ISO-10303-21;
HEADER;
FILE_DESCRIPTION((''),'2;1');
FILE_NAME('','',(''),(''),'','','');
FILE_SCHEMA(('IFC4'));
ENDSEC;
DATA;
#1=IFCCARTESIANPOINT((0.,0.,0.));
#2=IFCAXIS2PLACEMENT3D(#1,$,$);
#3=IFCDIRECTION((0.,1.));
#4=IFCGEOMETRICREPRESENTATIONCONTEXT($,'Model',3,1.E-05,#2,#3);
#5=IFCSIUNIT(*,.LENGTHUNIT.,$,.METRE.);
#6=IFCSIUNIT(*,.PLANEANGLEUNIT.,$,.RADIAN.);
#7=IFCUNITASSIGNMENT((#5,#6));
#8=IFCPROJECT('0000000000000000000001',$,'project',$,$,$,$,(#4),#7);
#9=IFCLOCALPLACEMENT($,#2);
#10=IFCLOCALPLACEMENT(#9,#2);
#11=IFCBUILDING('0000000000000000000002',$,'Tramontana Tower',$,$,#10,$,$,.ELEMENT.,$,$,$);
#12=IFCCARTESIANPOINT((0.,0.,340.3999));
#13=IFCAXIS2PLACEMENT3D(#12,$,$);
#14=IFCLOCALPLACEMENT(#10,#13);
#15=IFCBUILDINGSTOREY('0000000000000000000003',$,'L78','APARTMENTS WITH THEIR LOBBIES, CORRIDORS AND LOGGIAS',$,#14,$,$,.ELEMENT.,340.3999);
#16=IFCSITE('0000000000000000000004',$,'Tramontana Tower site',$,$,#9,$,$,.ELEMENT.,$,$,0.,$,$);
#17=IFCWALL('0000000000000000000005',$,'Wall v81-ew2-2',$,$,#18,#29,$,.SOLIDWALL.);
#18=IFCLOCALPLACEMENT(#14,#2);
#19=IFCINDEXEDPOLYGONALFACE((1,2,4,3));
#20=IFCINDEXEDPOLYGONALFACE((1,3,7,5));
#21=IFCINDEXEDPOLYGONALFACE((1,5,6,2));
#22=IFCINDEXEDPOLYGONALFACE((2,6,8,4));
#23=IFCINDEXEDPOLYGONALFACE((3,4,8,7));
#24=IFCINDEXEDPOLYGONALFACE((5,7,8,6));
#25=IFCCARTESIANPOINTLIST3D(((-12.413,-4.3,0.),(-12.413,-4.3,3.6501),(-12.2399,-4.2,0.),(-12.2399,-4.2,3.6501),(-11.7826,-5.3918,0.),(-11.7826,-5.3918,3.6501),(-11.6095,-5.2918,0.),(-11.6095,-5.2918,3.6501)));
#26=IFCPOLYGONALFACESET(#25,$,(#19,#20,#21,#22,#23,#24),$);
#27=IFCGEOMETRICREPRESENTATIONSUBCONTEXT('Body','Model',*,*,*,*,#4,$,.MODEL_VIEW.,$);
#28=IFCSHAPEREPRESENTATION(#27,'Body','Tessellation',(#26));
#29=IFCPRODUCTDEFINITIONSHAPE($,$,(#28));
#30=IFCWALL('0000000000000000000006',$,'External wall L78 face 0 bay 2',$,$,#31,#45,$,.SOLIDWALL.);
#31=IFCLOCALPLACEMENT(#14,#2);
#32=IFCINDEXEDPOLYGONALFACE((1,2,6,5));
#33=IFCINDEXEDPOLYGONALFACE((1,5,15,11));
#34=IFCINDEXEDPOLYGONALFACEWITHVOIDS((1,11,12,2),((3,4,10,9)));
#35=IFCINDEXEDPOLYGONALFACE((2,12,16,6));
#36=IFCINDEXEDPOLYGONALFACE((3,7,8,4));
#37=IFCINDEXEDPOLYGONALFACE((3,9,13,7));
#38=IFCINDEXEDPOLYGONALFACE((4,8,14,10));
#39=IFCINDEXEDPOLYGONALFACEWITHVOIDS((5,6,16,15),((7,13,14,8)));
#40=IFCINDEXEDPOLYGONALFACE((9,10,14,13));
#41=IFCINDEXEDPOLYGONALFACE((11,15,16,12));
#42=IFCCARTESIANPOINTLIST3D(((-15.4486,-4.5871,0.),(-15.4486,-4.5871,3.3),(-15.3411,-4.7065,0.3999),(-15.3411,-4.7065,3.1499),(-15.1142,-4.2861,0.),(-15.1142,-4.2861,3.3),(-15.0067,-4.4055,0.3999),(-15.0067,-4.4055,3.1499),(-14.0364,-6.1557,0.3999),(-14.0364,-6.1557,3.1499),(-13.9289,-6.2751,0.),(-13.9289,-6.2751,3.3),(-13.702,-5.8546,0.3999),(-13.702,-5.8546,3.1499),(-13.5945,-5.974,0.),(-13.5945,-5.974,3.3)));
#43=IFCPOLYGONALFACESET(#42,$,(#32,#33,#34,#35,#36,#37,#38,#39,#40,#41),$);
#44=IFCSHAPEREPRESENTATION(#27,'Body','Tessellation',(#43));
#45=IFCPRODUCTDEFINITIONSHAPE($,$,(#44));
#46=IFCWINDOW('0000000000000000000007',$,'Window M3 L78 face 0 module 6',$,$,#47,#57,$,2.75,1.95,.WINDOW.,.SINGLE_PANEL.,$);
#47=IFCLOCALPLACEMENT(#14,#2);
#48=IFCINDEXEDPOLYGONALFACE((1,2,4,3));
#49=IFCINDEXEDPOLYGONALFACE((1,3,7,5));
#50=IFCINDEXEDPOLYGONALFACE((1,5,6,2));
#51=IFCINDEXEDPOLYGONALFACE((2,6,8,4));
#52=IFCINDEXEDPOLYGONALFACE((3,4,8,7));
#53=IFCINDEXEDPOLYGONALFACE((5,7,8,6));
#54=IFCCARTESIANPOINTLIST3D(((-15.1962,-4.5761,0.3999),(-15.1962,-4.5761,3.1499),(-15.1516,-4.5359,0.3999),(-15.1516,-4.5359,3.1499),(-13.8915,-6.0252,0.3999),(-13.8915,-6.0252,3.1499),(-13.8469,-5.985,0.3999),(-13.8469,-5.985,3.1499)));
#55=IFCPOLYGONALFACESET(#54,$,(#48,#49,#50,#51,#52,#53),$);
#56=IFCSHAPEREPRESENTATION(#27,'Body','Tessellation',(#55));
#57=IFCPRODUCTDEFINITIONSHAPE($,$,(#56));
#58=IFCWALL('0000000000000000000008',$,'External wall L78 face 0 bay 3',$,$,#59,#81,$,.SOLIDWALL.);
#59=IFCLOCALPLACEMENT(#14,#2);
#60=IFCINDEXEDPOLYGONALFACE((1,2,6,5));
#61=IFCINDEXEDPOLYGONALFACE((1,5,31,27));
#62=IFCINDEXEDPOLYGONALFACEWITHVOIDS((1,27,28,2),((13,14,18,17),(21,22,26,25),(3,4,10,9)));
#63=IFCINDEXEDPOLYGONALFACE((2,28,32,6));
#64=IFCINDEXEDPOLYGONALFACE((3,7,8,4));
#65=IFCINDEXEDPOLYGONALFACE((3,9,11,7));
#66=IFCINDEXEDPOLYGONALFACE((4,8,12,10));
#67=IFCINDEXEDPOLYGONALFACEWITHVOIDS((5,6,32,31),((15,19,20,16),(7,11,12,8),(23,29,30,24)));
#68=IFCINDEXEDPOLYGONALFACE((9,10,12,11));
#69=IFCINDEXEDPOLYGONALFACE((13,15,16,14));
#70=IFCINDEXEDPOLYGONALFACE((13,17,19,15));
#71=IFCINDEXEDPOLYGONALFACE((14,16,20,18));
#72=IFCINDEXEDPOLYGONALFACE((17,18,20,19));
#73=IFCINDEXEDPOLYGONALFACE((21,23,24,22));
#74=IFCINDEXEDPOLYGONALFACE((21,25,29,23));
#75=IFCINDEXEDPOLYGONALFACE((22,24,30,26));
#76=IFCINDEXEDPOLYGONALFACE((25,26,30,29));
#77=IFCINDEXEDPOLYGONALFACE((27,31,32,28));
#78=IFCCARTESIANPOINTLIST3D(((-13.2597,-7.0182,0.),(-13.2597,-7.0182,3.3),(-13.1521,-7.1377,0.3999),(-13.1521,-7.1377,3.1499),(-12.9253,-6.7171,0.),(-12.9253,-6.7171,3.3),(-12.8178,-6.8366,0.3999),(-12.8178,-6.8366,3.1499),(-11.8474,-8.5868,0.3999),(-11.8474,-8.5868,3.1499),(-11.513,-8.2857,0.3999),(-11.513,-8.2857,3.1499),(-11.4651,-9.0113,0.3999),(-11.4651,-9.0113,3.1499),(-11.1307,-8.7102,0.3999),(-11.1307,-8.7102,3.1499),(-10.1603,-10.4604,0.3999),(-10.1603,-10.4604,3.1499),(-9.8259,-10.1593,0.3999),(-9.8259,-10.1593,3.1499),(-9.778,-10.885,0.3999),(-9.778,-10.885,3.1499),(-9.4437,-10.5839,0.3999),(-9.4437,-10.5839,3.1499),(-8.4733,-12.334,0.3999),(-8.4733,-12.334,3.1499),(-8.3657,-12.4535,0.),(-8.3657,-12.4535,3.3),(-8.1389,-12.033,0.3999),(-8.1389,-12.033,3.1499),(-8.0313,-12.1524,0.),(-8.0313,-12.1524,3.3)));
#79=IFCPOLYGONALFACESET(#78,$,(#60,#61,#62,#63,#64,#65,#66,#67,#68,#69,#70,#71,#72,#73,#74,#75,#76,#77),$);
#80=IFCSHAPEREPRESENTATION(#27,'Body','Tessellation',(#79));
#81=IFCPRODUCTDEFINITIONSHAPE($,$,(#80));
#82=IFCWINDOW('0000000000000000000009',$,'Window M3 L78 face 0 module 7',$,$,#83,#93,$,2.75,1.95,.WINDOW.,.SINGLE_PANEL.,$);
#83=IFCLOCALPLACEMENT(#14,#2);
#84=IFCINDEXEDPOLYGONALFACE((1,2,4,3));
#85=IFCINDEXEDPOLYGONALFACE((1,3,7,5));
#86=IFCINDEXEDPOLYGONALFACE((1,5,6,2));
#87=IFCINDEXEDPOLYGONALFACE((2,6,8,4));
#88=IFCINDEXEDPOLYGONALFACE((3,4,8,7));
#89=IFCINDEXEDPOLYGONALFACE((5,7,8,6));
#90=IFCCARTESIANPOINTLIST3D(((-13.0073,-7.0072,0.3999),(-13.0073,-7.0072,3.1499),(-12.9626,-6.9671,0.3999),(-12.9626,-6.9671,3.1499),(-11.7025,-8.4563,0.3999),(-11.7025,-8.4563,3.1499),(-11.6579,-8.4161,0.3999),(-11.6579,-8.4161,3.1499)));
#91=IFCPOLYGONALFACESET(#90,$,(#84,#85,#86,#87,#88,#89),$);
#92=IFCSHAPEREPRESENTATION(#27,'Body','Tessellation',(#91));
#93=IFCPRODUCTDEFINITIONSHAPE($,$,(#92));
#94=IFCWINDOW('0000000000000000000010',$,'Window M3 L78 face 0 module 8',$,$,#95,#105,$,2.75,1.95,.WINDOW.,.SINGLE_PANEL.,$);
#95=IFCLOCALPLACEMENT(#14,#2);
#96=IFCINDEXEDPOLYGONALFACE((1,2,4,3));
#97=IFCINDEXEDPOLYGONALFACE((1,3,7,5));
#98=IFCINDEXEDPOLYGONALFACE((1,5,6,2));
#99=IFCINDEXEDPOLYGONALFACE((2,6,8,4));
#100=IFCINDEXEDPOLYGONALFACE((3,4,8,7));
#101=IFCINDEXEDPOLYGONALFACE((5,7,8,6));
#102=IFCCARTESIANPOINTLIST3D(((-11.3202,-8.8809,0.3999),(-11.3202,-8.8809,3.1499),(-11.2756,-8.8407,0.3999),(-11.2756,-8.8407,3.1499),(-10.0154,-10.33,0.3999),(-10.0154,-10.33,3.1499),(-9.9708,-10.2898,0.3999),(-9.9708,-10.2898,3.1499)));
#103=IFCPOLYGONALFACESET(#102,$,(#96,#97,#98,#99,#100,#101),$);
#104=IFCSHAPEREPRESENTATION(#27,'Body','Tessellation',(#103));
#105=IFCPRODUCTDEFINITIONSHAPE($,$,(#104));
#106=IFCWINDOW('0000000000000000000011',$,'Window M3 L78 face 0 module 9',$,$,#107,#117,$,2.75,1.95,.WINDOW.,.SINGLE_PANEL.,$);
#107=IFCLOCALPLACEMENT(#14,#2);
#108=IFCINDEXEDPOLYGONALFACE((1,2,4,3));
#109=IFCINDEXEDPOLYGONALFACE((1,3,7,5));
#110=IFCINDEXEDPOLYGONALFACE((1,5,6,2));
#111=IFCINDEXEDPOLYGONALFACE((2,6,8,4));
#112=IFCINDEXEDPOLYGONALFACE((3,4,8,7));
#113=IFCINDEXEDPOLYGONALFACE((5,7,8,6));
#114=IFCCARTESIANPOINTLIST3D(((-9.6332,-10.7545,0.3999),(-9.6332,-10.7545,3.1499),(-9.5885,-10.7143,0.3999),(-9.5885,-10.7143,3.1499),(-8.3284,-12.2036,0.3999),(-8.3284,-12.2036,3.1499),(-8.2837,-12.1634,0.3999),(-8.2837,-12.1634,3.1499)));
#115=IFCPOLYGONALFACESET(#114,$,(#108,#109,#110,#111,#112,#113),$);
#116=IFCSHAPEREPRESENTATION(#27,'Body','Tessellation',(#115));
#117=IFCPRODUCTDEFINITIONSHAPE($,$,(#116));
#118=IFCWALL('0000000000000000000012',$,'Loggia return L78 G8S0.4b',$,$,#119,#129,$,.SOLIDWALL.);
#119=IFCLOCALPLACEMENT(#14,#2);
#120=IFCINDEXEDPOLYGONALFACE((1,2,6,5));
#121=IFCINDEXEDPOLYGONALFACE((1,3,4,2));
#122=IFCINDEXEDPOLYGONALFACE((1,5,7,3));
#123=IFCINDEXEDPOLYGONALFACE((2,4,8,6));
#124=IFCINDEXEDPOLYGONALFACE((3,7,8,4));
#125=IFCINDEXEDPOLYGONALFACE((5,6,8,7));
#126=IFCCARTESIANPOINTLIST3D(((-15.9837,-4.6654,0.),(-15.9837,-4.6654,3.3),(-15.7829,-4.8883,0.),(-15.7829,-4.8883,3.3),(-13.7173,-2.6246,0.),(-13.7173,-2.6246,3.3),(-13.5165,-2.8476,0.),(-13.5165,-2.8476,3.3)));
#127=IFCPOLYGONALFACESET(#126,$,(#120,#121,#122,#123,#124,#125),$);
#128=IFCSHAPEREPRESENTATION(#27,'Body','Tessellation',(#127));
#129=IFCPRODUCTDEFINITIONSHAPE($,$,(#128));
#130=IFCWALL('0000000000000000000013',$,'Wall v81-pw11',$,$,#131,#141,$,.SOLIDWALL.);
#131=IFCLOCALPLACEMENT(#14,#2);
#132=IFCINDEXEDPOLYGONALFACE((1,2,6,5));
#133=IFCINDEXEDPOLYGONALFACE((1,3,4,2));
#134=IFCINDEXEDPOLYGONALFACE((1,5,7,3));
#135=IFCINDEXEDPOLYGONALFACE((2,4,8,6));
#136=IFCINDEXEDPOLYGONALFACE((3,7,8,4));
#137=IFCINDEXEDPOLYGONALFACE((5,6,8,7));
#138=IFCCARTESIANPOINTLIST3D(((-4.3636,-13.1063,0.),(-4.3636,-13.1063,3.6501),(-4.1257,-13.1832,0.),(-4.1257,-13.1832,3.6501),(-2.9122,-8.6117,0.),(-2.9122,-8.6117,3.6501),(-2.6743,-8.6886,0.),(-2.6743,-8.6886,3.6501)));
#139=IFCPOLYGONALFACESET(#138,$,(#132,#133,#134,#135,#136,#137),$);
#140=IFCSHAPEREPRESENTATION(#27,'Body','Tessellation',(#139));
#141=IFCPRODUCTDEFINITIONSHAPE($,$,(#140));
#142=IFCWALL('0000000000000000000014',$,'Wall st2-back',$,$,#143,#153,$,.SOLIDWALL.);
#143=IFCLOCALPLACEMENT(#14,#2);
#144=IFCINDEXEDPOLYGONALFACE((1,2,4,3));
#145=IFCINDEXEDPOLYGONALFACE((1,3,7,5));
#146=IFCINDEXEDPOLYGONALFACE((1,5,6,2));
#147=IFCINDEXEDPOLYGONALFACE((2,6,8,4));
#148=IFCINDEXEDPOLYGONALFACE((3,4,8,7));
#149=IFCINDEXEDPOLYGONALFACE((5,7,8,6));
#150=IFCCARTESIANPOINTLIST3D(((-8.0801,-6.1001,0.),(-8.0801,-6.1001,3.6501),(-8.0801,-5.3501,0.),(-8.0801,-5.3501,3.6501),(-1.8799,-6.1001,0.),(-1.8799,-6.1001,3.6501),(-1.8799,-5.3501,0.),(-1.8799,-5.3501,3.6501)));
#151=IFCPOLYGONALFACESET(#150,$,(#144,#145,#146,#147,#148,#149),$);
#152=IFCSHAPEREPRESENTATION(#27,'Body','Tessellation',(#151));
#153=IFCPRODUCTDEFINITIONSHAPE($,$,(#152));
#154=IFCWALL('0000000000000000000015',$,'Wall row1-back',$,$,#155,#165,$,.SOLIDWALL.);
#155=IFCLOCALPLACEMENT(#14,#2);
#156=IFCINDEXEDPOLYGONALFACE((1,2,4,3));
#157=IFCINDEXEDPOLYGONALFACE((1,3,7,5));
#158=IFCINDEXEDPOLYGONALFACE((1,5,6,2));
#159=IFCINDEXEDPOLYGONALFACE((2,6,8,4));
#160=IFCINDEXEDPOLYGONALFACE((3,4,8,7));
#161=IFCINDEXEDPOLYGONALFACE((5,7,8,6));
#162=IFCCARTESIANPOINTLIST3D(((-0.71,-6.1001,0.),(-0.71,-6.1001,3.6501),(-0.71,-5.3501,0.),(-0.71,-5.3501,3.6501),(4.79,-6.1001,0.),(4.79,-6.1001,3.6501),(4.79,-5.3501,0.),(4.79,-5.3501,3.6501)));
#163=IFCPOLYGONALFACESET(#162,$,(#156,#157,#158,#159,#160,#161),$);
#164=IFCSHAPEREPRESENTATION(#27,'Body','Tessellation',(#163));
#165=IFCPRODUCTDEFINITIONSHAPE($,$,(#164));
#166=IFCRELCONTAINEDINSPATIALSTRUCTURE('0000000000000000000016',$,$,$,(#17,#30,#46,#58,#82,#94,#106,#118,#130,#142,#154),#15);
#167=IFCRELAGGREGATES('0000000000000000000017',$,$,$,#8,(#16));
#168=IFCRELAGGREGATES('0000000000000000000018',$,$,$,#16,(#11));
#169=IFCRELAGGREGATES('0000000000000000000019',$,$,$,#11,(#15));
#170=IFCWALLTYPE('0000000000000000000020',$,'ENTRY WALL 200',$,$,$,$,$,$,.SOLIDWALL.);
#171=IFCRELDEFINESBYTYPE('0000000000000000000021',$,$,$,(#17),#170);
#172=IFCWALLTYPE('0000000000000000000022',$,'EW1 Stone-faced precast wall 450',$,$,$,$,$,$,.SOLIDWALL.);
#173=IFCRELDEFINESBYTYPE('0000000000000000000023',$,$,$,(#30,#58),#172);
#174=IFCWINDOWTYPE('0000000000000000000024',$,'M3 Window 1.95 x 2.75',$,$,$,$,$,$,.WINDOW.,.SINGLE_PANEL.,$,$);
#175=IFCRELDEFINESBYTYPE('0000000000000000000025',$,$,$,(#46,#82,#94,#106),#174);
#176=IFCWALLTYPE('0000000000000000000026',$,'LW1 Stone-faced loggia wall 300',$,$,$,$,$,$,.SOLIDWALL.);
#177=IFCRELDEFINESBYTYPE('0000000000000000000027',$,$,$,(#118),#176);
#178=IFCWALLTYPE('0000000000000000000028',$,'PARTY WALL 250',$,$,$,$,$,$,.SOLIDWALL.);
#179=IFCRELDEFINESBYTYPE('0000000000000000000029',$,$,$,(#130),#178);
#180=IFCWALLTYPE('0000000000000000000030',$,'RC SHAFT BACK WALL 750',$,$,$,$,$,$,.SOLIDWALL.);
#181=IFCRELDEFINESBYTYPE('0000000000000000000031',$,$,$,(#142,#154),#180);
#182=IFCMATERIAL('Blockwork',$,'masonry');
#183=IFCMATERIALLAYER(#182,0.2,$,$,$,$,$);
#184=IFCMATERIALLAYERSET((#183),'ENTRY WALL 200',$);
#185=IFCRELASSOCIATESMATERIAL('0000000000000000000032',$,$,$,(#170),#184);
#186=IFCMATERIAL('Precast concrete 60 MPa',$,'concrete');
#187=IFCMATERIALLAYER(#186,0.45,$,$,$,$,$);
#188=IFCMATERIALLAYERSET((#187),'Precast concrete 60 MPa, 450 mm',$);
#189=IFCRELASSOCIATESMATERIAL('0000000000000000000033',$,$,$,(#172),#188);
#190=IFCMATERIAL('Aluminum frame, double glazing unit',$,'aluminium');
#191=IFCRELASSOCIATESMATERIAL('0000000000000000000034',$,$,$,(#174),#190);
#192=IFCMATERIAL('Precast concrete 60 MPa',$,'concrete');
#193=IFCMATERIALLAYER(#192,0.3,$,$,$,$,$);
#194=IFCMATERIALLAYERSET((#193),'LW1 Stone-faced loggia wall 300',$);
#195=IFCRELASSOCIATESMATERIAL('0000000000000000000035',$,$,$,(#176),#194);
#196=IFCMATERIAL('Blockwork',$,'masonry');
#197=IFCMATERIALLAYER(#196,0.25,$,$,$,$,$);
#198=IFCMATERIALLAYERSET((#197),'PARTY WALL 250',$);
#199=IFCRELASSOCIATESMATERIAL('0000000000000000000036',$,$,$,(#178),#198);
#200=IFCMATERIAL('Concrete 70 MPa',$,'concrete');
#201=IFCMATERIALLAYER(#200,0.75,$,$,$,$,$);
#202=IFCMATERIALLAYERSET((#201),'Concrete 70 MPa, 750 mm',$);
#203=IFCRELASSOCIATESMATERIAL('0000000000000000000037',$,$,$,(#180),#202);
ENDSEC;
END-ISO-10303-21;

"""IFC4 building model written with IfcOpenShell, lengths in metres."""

from ifc_helpers import new_model, si_unit, direction, frame, frame_2d, origin, place, context, subcontext, project, spatial, rectangle, extrude, material, layer, layer_set, type_object, element, fill, save


model = new_model("IFC4")

# Units and contexts
model_context = context("Model", 3, precision=1e-05, world=origin(), true_north=direction((0.0, 1.0)))
body_context = subcontext(model_context, "Body", "Model", "MODEL_VIEW")
ifc_project = project(units=[si_unit("LENGTHUNIT", "METRE"), si_unit("PLANEANGLEUNIT", "RADIAN")], contexts=[model_context])

# Site, building, storey
site_placement = place(None, origin())
site = spatial("IfcSite", under=ifc_project, at=site_placement, Name="Tramontana Tower site", CompositionType="ELEMENT", RefElevation=0.0)
building_placement = place(site_placement, origin())
building = spatial("IfcBuilding", under=site, at=building_placement, Name="Tramontana Tower", CompositionType="ELEMENT")
storey_placement = place(building_placement, frame((0.0, 0.0, 340.3999)))
storey = spatial("IfcBuildingStorey", under=building, at=storey_placement, Name="L78", Description="APARTMENTS WITH THEIR LOBBIES, CORRIDORS AND LOGGIAS", CompositionType="ELEMENT", Elevation=340.3999)

# Wall
ifc_material_1 = material(Name="Blockwork", Category="masonry")
ifc_layer_1 = layer(ifc_material_1, 0.2)
ifc_layer_set_1 = layer_set([ifc_layer_1], Name="ENTRY WALL 200")
wall_type_1 = type_object("IfcWallType", Name="ENTRY WALL 200", PredefinedType="SOLIDWALL", material=ifc_layer_set_1)
wall_1_placement = place(storey_placement, frame((-11.696, -5.3418, 0.0), z_axis=(0.0, 0.0, 1.0), x_axis=(-0.500013, 0.866018, 0.0)))
element("IfcWall", 1, at=wall_1_placement, inside=storey, type_object=wall_type_1, Name="Wall v81-ew2-2", PredefinedType="SOLIDWALL", context=body_context, shape_type="SweptSolid", body=[
    extrude(rectangle(XDim=1.2607, YDim=0.2, at=frame_2d((0.6304, 0.0))), origin(), (0.0, 0.0, 1.0), 3.6501),
])

# Wall, opening, window
ifc_material_2 = material(Name="Precast concrete 60 MPa", Category="concrete")
ifc_layer_2 = layer(ifc_material_2, 0.45)
ifc_layer_set_2 = layer_set([ifc_layer_2], Name="Precast concrete 60 MPa, 450 mm")
wall_type_2 = type_object("IfcWallType", Name="EW1 Stone-faced precast wall 450", PredefinedType="SOLIDWALL", material=ifc_layer_set_2)
wall_2_placement = place(storey_placement, frame((-15.2815, -4.4365, 0.0), z_axis=(0.0, 0.0, 1.0), x_axis=(0.669107, -0.743166, 0.0)))
wall_2 = element("IfcWall", 2, at=wall_2_placement, inside=storey, type_object=wall_type_2, Name="External wall L78 face 0 bay 2", PredefinedType="SOLIDWALL", context=body_context, shape_type="SweptSolid", body=[
    extrude(rectangle(XDim=2.2712, YDim=0.45, at=frame_2d((1.1357, 0.0))), origin(), (0.0, 0.0, 1.0), 3.3),
])
opening_1_placement = place(wall_2_placement, frame((0.1606, 0.0, 0.3999)))
opening_1 = element("IfcOpeningElement", 3, at=opening_1_placement, cuts=wall_2, PredefinedType="OPENING", context=body_context, shape_type="SweptSolid", body=[
    extrude(rectangle(XDim=1.95, YDim=2.75, at=frame_2d((0.9751, 1.375))), frame((0.0, 0.2349, 0.0), z_axis=(0.0, -1.0, 0.0), x_axis=(1.0, 0.0, 0.0)), (0.0, 0.0, 1.0), 0.47),
])
ifc_material_3 = material(Name="Aluminum frame, double glazing unit", Category="aluminium")
window_type = type_object("IfcWindowType", Name="M3 Window 1.95 x 2.75", PartitioningType="SINGLE_PANEL", PredefinedType="WINDOW", material=ifc_material_3)
window_1_placement = place(opening_1_placement, origin())
window_1 = element("IfcWindow", 4, at=window_1_placement, inside=storey, type_object=window_type, Name="Window M3 L78 face 0 module 6", OverallHeight=2.75, OverallWidth=1.95, PartitioningType="SINGLE_PANEL", PredefinedType="WINDOW", context=body_context, shape_type="SweptSolid", body=[
    extrude(rectangle(XDim=1.95, YDim=2.75, at=frame_2d((0.9751, 1.375))), frame((0.0, 0.03, 0.0), z_axis=(0.0, -1.0, 0.0), x_axis=(1.0, 0.0, 0.0)), (0.0, 0.0, 1.0), 0.0601),
])
fill(opening_1, window_1)

# Wall, openings, windows
wall_3_placement = place(storey_placement, frame((-13.0925, -6.8677, 0.0), z_axis=(0.0, 0.0, 1.0), x_axis=(0.669136, -0.74314, 0.0)))
wall_3 = element("IfcWall", 5, at=wall_3_placement, inside=storey, type_object=wall_type_2, Name="External wall L78 face 0 bay 3", PredefinedType="SOLIDWALL", context=body_context, shape_type="SweptSolid", body=[
    extrude(rectangle(XDim=7.314, YDim=0.45, at=frame_2d((3.657, 0.0))), origin(), (0.0, 0.0, 1.0), 3.3),
])
opening_2_placement = place(wall_3_placement, frame((0.1606, 0.0, 0.3999)))
opening_2 = element("IfcOpeningElement", 6, at=opening_2_placement, cuts=wall_3, PredefinedType="OPENING", context=body_context, shape_type="SweptSolid", body=[
    extrude(rectangle(XDim=1.95, YDim=2.75, at=frame_2d((0.9751, 1.375))), frame((0.0, 0.2349, 0.0), z_axis=(0.0, -1.0, 0.0), x_axis=(1.0, 0.0, 0.0)), (0.0, 0.0, 1.0), 0.47),
])
opening_3_placement = place(wall_3_placement, frame((2.6819, 0.0, 0.3999)))
opening_3 = element("IfcOpeningElement", 7, at=opening_3_placement, cuts=wall_3, PredefinedType="OPENING", context=body_context, shape_type="SweptSolid", body=[
    extrude(rectangle(XDim=1.95, YDim=2.75, at=frame_2d((0.9751, 1.375))), frame((0.0, 0.2349, 0.0), z_axis=(0.0, -1.0, 0.0), x_axis=(1.0, 0.0, 0.0)), (0.0, 0.0, 1.0), 0.47),
])
opening_4_placement = place(wall_3_placement, frame((5.2031, 0.0, 0.3999)))
opening_4 = element("IfcOpeningElement", 8, at=opening_4_placement, cuts=wall_3, PredefinedType="OPENING", context=body_context, shape_type="SweptSolid", body=[
    extrude(rectangle(XDim=1.95, YDim=2.75, at=frame_2d((0.9751, 1.375))), frame((0.0, 0.2349, 0.0), z_axis=(0.0, -1.0, 0.0), x_axis=(1.0, 0.0, 0.0)), (0.0, 0.0, 1.0), 0.47),
])
window_2_placement = place(opening_2_placement, origin())
window_2 = element("IfcWindow", 9, at=window_2_placement, inside=storey, type_object=window_type, Name="Window M3 L78 face 0 module 7", OverallHeight=2.75, OverallWidth=1.95, PartitioningType="SINGLE_PANEL", PredefinedType="WINDOW", context=body_context, shape_type="SweptSolid", body=[
    extrude(rectangle(XDim=1.95, YDim=2.75, at=frame_2d((0.9751, 1.375))), frame((0.0, 0.03, 0.0), z_axis=(0.0, -1.0, 0.0), x_axis=(1.0, 0.0, 0.0)), (0.0, 0.0, 1.0), 0.0601),
])
fill(opening_2, window_2)
window_3_placement = place(opening_3_placement, origin())
window_3 = element("IfcWindow", 10, at=window_3_placement, inside=storey, type_object=window_type, Name="Window M3 L78 face 0 module 8", OverallHeight=2.75, OverallWidth=1.95, PartitioningType="SINGLE_PANEL", PredefinedType="WINDOW", context=body_context, shape_type="SweptSolid", body=[
    extrude(rectangle(XDim=1.95, YDim=2.75, at=frame_2d((0.9751, 1.375))), frame((0.0, 0.03, 0.0), z_axis=(0.0, -1.0, 0.0), x_axis=(1.0, 0.0, 0.0)), (0.0, 0.0, 1.0), 0.0601),
])
fill(opening_3, window_3)
window_4_placement = place(opening_4_placement, origin())
window_4 = element("IfcWindow", 11, at=window_4_placement, inside=storey, type_object=window_type, Name="Window M3 L78 face 0 module 9", OverallHeight=2.75, OverallWidth=1.95, PartitioningType="SINGLE_PANEL", PredefinedType="WINDOW", context=body_context, shape_type="SweptSolid", body=[
    extrude(rectangle(XDim=1.95, YDim=2.75, at=frame_2d((0.9751, 1.375))), frame((0.0, 0.03, 0.0), z_axis=(0.0, -1.0, 0.0), x_axis=(1.0, 0.0, 0.0)), (0.0, 0.0, 1.0), 0.0601),
])
fill(opening_4, window_4)

# Walls
ifc_material_4 = material(Name="Precast concrete 60 MPa", Category="concrete")
ifc_layer_3 = layer(ifc_material_4, 0.3)
ifc_layer_set_3 = layer_set([ifc_layer_3], Name="LW1 Stone-faced loggia wall 300")
wall_type_3 = type_object("IfcWallType", Name="LW1 Stone-faced loggia wall 300", PredefinedType="SOLIDWALL", material=ifc_layer_set_3)
wall_4_placement = place(storey_placement, frame((-15.8833, -4.7769, 0.0), z_axis=(0.0, 0.0, 1.0), x_axis=(0.743123, 0.669155, 0.0)))
element("IfcWall", 12, at=wall_4_placement, inside=storey, type_object=wall_type_3, Name="Loggia return L78 G8S0.4b", PredefinedType="SOLIDWALL", context=body_context, shape_type="SweptSolid", body=[
    extrude(rectangle(XDim=3.0498, YDim=0.3, at=frame_2d((1.5249, 0.0))), origin(), (0.0, 0.0, 1.0), 3.3),
])
ifc_material_5 = material(Name="Blockwork", Category="masonry")
ifc_layer_4 = layer(ifc_material_5, 0.25)
ifc_layer_set_4 = layer_set([ifc_layer_4], Name="PARTY WALL 250")
wall_type_4 = type_object("IfcWallType", Name="PARTY WALL 250", PredefinedType="SOLIDWALL", material=ifc_layer_set_4)
wall_5_placement = place(storey_placement, frame((-2.7932, -8.6501, 0.0), z_axis=(0.0, 0.0, 1.0), x_axis=(-0.307297, -0.951614, 0.0)))
element("IfcWall", 13, at=wall_5_placement, inside=storey, type_object=wall_type_4, Name="Wall v81-pw11", PredefinedType="SOLIDWALL", context=body_context, shape_type="SweptSolid", body=[
    extrude(rectangle(XDim=4.7231, YDim=0.25, at=frame_2d((2.3616, 0.0))), origin(), (0.0, 0.0, 1.0), 3.6501),
])
ifc_material_6 = material(Name="Concrete 70 MPa", Category="concrete")
ifc_layer_5 = layer(ifc_material_6, 0.75)
ifc_layer_set_5 = layer_set([ifc_layer_5], Name="Concrete 70 MPa, 750 mm")
wall_type_5 = type_object("IfcWallType", Name="RC SHAFT BACK WALL 750", PredefinedType="SOLIDWALL", material=ifc_layer_set_5)
wall_6_placement = place(storey_placement, frame((-8.0801, -5.7251, 0.0), z_axis=(0.0, 0.0, 1.0), x_axis=(1.0, 0.0, 0.0)))
element("IfcWall", 14, at=wall_6_placement, inside=storey, type_object=wall_type_5, Name="Wall st2-back", PredefinedType="SOLIDWALL", context=body_context, shape_type="SweptSolid", body=[
    extrude(rectangle(XDim=6.2002, YDim=0.75, at=frame_2d((3.1001, 0.0))), origin(), (0.0, 0.0, 1.0), 3.6501),
])
wall_7_placement = place(storey_placement, frame((-0.71, -5.7251, 0.0), z_axis=(0.0, 0.0, 1.0), x_axis=(1.0, 0.0, 0.0)))
element("IfcWall", 15, at=wall_7_placement, inside=storey, type_object=wall_type_5, Name="Wall row1-back", PredefinedType="SOLIDWALL", context=body_context, shape_type="SweptSolid", body=[
    extrude(rectangle(XDim=5.5, YDim=0.75, at=frame_2d((2.75, 0.0))), origin(), (0.0, 0.0, 1.0), 3.6501),
])

save(model, "model.ifc")
